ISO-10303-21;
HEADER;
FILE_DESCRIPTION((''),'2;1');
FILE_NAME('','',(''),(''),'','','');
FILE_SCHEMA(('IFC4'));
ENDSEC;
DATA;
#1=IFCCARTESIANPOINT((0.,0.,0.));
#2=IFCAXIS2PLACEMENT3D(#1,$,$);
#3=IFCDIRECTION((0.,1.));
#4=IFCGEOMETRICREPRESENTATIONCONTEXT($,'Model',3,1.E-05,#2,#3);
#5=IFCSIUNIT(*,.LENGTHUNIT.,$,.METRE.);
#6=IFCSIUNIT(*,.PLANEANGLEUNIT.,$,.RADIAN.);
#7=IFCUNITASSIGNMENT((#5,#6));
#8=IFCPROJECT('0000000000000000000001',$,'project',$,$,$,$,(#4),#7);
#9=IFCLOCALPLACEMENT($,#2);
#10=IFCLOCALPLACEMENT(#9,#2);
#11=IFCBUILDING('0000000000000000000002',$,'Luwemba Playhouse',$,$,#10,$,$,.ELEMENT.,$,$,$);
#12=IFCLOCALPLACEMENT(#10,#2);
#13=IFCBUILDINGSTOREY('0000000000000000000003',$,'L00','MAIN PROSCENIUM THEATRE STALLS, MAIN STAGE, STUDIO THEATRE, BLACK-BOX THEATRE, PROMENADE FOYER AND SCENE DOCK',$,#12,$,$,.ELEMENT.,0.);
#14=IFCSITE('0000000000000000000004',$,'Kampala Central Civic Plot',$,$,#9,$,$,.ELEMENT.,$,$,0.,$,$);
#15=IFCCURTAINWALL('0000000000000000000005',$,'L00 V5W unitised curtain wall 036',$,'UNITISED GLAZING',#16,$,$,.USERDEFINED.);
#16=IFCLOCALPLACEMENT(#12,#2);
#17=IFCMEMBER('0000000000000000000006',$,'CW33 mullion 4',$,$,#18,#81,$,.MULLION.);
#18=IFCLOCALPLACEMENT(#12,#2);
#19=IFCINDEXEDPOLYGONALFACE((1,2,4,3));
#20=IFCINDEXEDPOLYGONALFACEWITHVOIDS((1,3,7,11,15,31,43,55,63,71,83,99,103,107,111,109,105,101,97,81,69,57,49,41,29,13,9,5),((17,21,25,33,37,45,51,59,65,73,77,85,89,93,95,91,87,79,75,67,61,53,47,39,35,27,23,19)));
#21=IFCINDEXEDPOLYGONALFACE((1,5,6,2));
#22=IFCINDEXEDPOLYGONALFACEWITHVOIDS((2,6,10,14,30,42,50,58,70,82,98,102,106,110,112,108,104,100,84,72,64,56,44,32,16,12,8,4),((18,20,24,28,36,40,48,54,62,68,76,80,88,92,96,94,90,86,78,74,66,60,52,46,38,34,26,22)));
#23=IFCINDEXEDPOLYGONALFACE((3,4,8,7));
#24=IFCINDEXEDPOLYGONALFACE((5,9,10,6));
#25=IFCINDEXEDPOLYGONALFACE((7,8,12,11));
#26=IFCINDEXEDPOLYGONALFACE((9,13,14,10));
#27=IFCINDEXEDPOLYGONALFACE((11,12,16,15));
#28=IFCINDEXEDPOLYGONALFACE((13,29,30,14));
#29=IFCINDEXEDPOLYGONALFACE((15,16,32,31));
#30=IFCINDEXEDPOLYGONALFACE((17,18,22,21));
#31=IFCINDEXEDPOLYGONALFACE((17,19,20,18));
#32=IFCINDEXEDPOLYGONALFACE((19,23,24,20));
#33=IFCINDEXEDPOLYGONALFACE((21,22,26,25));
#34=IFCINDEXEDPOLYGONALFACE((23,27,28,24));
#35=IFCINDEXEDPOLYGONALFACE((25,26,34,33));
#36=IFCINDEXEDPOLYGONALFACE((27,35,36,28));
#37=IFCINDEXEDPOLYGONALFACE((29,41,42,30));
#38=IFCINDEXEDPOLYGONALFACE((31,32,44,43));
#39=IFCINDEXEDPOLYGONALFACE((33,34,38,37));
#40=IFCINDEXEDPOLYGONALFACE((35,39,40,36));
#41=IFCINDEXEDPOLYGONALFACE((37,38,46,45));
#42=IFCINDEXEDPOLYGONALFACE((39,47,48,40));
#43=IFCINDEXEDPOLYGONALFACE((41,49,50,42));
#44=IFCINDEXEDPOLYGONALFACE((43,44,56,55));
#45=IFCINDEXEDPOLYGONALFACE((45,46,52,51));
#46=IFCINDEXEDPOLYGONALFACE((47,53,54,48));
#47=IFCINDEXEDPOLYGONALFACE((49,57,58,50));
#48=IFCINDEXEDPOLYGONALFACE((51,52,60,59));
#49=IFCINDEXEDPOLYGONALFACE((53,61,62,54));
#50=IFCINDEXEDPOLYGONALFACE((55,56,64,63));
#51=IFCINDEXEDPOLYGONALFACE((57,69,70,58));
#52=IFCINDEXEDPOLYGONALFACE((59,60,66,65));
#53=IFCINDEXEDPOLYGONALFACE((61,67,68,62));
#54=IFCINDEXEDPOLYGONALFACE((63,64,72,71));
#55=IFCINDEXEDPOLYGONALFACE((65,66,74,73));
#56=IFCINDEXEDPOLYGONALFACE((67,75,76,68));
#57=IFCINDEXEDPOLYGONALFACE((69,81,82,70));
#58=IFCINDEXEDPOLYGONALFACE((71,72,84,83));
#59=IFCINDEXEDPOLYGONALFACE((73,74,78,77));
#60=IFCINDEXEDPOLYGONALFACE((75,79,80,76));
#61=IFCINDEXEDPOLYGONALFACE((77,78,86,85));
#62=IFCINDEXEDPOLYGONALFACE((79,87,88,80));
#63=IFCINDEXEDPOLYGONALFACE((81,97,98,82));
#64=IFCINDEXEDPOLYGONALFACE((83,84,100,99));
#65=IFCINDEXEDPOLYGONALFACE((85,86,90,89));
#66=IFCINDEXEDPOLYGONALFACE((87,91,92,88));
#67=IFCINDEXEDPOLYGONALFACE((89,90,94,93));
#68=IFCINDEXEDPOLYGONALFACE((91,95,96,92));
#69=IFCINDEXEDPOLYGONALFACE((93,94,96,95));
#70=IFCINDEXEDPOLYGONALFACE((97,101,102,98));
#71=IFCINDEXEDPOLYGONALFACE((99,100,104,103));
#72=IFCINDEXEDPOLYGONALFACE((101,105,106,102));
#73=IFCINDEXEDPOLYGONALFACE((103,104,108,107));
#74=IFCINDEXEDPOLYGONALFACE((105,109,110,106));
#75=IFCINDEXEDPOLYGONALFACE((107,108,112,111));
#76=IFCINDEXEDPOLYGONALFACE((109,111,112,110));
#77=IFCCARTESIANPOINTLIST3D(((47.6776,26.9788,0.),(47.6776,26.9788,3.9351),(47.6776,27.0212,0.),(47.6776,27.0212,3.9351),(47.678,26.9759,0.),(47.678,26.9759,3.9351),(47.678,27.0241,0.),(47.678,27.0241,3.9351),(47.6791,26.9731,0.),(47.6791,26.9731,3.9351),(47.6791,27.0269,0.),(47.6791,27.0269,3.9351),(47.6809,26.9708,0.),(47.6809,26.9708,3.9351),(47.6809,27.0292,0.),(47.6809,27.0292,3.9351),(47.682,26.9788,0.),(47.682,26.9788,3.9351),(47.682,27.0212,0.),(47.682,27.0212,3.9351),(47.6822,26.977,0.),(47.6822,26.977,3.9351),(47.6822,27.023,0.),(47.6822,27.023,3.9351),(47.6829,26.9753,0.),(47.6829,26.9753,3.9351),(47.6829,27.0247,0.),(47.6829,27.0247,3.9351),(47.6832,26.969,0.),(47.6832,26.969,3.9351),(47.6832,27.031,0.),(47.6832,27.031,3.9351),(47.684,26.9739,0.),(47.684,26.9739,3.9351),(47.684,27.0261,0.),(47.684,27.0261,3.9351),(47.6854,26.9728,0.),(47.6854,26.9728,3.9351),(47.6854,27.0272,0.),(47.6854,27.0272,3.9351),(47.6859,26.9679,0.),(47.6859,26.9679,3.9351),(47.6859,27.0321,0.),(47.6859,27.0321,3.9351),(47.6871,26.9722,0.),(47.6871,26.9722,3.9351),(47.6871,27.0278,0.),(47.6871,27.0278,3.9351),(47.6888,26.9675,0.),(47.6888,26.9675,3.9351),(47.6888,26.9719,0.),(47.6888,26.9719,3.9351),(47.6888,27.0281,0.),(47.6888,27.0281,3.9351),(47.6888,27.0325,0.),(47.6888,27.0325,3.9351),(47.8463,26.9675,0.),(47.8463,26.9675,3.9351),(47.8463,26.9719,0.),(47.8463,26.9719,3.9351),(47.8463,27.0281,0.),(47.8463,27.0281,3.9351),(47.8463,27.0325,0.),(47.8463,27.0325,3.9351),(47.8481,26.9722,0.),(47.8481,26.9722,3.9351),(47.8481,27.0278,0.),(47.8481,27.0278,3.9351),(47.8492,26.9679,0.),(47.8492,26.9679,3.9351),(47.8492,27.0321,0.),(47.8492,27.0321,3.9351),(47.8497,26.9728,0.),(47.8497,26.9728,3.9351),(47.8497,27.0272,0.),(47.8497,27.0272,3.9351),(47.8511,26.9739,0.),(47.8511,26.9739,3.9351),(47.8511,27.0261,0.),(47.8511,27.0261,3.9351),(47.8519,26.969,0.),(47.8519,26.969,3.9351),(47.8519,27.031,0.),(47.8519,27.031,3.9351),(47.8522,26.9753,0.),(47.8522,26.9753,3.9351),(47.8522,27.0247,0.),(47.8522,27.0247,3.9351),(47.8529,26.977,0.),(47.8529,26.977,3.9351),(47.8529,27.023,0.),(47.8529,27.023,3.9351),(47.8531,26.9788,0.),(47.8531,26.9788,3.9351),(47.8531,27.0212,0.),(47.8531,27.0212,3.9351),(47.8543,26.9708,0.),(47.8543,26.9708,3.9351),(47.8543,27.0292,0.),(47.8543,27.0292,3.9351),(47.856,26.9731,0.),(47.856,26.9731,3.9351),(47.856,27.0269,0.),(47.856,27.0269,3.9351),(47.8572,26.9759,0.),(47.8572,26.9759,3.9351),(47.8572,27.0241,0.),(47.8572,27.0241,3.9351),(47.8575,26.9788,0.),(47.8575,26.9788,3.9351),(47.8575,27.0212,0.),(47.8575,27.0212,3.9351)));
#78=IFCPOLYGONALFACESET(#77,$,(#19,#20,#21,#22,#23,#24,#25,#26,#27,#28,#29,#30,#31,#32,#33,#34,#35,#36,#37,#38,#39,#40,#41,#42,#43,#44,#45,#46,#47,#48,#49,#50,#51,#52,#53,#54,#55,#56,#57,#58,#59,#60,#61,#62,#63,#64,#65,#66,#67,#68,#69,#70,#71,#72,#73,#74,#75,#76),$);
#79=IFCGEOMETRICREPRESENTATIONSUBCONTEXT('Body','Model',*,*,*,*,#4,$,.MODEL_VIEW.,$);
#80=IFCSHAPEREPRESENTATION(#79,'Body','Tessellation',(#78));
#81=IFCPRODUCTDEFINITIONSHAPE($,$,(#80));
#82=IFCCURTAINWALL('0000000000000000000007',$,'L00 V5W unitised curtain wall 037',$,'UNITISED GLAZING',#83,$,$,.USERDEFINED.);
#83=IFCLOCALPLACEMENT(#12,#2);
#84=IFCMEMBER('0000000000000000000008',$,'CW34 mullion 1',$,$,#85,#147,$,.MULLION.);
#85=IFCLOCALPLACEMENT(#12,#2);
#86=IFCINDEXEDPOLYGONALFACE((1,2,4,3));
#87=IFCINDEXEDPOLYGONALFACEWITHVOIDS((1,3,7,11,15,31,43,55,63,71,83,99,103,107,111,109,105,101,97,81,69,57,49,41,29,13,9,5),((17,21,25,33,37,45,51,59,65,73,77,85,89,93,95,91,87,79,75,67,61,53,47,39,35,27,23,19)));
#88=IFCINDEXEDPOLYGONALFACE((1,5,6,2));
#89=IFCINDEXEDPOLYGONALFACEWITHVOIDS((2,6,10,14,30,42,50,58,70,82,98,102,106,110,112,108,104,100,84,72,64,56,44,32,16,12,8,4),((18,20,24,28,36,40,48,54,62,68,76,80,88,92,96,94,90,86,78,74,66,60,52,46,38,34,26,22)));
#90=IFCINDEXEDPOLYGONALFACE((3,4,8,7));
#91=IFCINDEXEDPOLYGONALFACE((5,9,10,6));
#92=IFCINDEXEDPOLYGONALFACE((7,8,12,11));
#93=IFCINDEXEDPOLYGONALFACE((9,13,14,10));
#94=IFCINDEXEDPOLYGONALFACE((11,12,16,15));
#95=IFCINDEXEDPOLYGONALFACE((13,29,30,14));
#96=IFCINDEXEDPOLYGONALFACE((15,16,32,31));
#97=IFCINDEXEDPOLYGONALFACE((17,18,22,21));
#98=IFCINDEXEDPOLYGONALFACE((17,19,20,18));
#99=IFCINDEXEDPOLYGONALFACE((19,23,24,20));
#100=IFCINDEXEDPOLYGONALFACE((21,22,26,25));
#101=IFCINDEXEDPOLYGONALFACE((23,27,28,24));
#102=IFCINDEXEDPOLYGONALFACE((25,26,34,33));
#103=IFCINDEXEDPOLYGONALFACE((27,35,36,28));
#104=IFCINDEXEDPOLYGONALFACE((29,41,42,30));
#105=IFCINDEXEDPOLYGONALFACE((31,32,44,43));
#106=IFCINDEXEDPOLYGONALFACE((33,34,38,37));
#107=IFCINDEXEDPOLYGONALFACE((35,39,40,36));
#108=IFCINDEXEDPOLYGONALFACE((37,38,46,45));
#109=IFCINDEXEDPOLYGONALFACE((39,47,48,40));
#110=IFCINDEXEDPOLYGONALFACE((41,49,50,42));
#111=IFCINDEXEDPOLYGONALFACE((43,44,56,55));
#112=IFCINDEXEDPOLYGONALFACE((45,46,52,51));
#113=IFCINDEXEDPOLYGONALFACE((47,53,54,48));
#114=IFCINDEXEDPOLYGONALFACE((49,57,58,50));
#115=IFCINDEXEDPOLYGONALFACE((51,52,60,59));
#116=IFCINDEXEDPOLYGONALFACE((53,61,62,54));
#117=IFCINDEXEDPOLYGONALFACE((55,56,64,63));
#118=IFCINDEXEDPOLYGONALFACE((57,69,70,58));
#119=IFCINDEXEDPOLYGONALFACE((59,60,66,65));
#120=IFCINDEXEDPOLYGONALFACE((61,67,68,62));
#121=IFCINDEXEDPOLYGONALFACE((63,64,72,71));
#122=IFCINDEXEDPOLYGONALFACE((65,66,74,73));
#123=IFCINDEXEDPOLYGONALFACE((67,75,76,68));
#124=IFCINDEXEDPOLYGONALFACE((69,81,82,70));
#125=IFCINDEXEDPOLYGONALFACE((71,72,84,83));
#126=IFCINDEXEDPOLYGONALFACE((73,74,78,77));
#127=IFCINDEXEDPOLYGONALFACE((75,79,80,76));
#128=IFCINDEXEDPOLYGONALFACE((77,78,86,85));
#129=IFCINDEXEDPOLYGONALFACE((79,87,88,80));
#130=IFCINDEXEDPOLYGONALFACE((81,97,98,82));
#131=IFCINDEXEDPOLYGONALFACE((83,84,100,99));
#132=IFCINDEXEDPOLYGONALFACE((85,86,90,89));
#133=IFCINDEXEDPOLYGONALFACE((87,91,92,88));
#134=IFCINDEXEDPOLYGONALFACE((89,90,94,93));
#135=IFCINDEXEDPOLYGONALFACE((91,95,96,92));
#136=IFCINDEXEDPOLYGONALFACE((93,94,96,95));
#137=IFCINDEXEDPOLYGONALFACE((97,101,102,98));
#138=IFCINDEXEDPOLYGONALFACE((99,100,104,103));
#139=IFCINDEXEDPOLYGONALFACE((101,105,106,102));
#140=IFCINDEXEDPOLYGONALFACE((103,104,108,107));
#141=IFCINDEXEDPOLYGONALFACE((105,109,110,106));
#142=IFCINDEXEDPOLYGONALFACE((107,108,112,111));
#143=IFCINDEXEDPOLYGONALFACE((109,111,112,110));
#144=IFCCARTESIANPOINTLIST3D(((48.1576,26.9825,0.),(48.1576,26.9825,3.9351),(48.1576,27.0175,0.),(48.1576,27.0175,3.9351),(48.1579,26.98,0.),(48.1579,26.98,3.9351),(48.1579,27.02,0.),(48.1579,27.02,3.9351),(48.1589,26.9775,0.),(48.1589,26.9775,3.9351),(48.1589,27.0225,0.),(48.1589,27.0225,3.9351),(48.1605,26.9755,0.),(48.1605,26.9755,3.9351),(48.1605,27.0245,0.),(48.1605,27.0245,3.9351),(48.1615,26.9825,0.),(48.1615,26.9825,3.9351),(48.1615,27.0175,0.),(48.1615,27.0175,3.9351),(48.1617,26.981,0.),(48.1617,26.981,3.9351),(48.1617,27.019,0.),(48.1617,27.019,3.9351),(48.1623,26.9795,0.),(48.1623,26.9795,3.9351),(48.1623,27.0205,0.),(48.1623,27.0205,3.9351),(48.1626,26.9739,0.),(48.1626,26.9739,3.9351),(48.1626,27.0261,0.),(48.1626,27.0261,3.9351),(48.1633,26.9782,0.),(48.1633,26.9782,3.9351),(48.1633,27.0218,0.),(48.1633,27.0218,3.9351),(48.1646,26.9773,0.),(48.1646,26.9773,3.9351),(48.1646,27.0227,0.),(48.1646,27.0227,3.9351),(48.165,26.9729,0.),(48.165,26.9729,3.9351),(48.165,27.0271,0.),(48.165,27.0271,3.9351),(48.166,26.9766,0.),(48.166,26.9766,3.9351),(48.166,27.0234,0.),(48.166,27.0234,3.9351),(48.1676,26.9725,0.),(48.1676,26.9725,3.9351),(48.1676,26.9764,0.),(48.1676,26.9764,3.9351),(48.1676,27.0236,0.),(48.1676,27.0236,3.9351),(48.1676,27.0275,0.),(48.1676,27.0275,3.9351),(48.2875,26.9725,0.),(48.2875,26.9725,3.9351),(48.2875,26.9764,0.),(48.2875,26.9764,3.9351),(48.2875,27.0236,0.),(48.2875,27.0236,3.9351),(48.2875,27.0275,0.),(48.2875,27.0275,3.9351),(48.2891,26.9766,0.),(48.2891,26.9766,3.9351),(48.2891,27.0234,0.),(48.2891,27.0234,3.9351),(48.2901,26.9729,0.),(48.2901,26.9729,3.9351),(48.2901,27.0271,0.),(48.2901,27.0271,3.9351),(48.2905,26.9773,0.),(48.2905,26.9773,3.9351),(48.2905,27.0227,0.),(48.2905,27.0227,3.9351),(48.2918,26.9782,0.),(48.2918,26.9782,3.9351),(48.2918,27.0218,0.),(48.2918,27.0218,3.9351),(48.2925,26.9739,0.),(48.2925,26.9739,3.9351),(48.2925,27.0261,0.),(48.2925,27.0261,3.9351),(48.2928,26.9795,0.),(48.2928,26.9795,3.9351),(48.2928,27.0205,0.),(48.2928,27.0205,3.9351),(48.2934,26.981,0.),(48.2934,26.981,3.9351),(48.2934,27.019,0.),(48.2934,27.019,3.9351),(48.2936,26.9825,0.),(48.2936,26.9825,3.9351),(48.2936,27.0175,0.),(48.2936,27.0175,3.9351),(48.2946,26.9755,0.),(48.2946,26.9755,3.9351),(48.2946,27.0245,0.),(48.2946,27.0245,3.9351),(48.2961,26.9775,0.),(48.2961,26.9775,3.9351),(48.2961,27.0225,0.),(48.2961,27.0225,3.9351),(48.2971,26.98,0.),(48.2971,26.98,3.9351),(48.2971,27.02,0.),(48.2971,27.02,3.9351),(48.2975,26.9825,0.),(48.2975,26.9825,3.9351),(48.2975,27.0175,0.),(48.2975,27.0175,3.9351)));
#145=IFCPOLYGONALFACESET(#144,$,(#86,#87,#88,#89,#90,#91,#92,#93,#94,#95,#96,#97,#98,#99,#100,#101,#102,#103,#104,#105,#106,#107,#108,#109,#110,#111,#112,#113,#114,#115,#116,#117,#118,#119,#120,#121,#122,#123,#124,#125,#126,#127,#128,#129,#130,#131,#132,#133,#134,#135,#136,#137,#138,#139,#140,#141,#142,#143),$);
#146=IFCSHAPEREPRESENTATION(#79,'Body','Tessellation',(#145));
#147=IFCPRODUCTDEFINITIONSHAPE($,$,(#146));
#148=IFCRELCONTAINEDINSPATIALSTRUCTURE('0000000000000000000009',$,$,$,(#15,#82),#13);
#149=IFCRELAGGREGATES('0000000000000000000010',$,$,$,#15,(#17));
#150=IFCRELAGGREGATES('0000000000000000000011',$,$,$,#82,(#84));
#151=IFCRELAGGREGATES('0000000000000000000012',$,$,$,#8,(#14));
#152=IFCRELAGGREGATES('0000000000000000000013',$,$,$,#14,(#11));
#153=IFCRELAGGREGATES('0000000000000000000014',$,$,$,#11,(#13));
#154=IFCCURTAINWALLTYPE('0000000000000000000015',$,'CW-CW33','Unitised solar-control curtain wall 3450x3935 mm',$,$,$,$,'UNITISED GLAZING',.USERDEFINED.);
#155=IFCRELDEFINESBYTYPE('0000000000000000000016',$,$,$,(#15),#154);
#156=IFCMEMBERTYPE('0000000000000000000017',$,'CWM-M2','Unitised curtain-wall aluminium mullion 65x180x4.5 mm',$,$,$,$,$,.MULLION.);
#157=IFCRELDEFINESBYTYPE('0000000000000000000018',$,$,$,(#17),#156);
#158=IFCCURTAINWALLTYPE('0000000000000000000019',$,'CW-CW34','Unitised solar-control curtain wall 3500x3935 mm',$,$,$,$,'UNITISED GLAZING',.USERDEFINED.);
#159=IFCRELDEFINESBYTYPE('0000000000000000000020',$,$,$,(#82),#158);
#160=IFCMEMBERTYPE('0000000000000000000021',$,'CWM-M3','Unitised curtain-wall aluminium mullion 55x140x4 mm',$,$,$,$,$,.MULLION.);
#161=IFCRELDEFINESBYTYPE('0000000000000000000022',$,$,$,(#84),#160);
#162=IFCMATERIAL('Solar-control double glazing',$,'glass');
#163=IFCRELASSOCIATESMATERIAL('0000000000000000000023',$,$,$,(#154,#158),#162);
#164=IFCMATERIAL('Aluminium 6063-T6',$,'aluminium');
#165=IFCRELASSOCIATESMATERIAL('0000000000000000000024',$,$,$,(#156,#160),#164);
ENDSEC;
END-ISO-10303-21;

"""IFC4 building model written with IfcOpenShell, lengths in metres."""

from ifc_helpers import new_model, si_unit, direction, frame, origin, origin_2d, place, context, subcontext, project, spatial, hollow_rectangle, extrude, material, material_profile, profile_set, type_object, element, aggregate, save


model = new_model("IFC4")

# Units and contexts
model_context = context("Model", 3, precision=1e-05, world=origin(), true_north=direction((0.0, 1.0)))
body_context = subcontext(model_context, "Body", "Model", "MODEL_VIEW")
ifc_project = project(units=[si_unit("LENGTHUNIT", "METRE"), si_unit("PLANEANGLEUNIT", "RADIAN")], contexts=[model_context])

# Site, building, storey
site_placement = place(None, origin())
site = spatial("IfcSite", under=ifc_project, at=site_placement, Name="Kampala Central Civic Plot", CompositionType="ELEMENT", RefElevation=0.0)
building_placement = place(site_placement, origin())
building = spatial("IfcBuilding", under=site, at=building_placement, Name="Luwemba Playhouse", CompositionType="ELEMENT")
storey_placement = place(building_placement, origin())
storey = spatial("IfcBuildingStorey", under=building, at=storey_placement, Name="L00", Description="MAIN PROSCENIUM THEATRE STALLS, MAIN STAGE, STUDIO THEATRE, BLACK-BOX THEATRE, PROMENADE FOYER AND SCENE DOCK", CompositionType="ELEMENT", Elevation=0.0)

# Curtain wall, member
ifc_material_1 = material(Name="Solar-control double glazing", Category="glass")
curtain_wall_type_1 = type_object("IfcCurtainWallType", Name="CW-CW33", Description="Unitised solar-control curtain wall 3450x3935 mm", ElementType="UNITISED GLAZING", PredefinedType="USERDEFINED", material=ifc_material_1)
curtain_wall_1_placement = place(storey_placement, origin())
curtain_wall_1 = element("IfcCurtainWall", 1, at=curtain_wall_1_placement, inside=storey, type_object=curtain_wall_type_1, Name="L00 V5W unitised curtain wall 036", ObjectType="UNITISED GLAZING", PredefinedType="USERDEFINED")
ifc_material_2 = material(Name="Aluminium 6063-T6", Category="aluminium")
ifc_material_profile_1 = material_profile(ifc_material_2, hollow_rectangle(XDim=0.0649, YDim=0.1799, WallThickness=0.0044, InnerFilletRadius=0.0068, OuterFilletRadius=0.0112, at=origin_2d()))
ifc_profile_set_1 = profile_set([ifc_material_profile_1], Name="Aluminium 6063-T6")
member_type_1 = type_object("IfcMemberType", Name="CWM-M2", Description="Unitised curtain-wall aluminium mullion 65x180x4.5 mm", PredefinedType="MULLION", material=ifc_profile_set_1)
member_1_placement = place(storey_placement, frame((47.7676, 27.0, 0.0), z_axis=(0.0, 0.0, 1.0), x_axis=(0.0, 1.0, 0.0)))
member_1 = element("IfcMember", 2, at=member_1_placement, type_object=member_type_1, Name="CW33 mullion 4", PredefinedType="MULLION", context=body_context, shape_type="SweptSolid", body=[
    extrude(hollow_rectangle(XDim=0.0649, YDim=0.1799, WallThickness=0.0044, InnerFilletRadius=0.0068, OuterFilletRadius=0.0112, at=origin_2d()), origin(), (0.0, 0.0, 1.0), 3.9351),
])

# Curtain wall, member
curtain_wall_type_2 = type_object("IfcCurtainWallType", Name="CW-CW34", Description="Unitised solar-control curtain wall 3500x3935 mm", ElementType="UNITISED GLAZING", PredefinedType="USERDEFINED", material=ifc_material_1)
curtain_wall_2_placement = place(storey_placement, origin())
curtain_wall_2 = element("IfcCurtainWall", 3, at=curtain_wall_2_placement, inside=storey, type_object=curtain_wall_type_2, Name="L00 V5W unitised curtain wall 037", ObjectType="UNITISED GLAZING", PredefinedType="USERDEFINED")
ifc_material_profile_2 = material_profile(ifc_material_2, hollow_rectangle(XDim=0.0549, YDim=0.1399, WallThickness=0.0039, InnerFilletRadius=0.0061, OuterFilletRadius=0.01, at=origin_2d()))
ifc_profile_set_2 = profile_set([ifc_material_profile_2], Name="Aluminium 6063-T6")
member_type_2 = type_object("IfcMemberType", Name="CWM-M3", Description="Unitised curtain-wall aluminium mullion 55x140x4 mm", PredefinedType="MULLION", material=ifc_profile_set_2)
member_2_placement = place(storey_placement, frame((48.2275, 27.0, 0.0), z_axis=(0.0, 0.0, 1.0), x_axis=(0.0, 1.0, 0.0)))
member_2 = element("IfcMember", 4, at=member_2_placement, type_object=member_type_2, Name="CW34 mullion 1", PredefinedType="MULLION", context=body_context, shape_type="SweptSolid", body=[
    extrude(hollow_rectangle(XDim=0.0549, YDim=0.1399, WallThickness=0.0039, InnerFilletRadius=0.0061, OuterFilletRadius=0.01, at=origin_2d()), origin(), (0.0, 0.0, 1.0), 3.9351),
])

aggregate(curtain_wall_1, [member_1])
aggregate(curtain_wall_2, [member_2])

save(model, "model.ifc")
